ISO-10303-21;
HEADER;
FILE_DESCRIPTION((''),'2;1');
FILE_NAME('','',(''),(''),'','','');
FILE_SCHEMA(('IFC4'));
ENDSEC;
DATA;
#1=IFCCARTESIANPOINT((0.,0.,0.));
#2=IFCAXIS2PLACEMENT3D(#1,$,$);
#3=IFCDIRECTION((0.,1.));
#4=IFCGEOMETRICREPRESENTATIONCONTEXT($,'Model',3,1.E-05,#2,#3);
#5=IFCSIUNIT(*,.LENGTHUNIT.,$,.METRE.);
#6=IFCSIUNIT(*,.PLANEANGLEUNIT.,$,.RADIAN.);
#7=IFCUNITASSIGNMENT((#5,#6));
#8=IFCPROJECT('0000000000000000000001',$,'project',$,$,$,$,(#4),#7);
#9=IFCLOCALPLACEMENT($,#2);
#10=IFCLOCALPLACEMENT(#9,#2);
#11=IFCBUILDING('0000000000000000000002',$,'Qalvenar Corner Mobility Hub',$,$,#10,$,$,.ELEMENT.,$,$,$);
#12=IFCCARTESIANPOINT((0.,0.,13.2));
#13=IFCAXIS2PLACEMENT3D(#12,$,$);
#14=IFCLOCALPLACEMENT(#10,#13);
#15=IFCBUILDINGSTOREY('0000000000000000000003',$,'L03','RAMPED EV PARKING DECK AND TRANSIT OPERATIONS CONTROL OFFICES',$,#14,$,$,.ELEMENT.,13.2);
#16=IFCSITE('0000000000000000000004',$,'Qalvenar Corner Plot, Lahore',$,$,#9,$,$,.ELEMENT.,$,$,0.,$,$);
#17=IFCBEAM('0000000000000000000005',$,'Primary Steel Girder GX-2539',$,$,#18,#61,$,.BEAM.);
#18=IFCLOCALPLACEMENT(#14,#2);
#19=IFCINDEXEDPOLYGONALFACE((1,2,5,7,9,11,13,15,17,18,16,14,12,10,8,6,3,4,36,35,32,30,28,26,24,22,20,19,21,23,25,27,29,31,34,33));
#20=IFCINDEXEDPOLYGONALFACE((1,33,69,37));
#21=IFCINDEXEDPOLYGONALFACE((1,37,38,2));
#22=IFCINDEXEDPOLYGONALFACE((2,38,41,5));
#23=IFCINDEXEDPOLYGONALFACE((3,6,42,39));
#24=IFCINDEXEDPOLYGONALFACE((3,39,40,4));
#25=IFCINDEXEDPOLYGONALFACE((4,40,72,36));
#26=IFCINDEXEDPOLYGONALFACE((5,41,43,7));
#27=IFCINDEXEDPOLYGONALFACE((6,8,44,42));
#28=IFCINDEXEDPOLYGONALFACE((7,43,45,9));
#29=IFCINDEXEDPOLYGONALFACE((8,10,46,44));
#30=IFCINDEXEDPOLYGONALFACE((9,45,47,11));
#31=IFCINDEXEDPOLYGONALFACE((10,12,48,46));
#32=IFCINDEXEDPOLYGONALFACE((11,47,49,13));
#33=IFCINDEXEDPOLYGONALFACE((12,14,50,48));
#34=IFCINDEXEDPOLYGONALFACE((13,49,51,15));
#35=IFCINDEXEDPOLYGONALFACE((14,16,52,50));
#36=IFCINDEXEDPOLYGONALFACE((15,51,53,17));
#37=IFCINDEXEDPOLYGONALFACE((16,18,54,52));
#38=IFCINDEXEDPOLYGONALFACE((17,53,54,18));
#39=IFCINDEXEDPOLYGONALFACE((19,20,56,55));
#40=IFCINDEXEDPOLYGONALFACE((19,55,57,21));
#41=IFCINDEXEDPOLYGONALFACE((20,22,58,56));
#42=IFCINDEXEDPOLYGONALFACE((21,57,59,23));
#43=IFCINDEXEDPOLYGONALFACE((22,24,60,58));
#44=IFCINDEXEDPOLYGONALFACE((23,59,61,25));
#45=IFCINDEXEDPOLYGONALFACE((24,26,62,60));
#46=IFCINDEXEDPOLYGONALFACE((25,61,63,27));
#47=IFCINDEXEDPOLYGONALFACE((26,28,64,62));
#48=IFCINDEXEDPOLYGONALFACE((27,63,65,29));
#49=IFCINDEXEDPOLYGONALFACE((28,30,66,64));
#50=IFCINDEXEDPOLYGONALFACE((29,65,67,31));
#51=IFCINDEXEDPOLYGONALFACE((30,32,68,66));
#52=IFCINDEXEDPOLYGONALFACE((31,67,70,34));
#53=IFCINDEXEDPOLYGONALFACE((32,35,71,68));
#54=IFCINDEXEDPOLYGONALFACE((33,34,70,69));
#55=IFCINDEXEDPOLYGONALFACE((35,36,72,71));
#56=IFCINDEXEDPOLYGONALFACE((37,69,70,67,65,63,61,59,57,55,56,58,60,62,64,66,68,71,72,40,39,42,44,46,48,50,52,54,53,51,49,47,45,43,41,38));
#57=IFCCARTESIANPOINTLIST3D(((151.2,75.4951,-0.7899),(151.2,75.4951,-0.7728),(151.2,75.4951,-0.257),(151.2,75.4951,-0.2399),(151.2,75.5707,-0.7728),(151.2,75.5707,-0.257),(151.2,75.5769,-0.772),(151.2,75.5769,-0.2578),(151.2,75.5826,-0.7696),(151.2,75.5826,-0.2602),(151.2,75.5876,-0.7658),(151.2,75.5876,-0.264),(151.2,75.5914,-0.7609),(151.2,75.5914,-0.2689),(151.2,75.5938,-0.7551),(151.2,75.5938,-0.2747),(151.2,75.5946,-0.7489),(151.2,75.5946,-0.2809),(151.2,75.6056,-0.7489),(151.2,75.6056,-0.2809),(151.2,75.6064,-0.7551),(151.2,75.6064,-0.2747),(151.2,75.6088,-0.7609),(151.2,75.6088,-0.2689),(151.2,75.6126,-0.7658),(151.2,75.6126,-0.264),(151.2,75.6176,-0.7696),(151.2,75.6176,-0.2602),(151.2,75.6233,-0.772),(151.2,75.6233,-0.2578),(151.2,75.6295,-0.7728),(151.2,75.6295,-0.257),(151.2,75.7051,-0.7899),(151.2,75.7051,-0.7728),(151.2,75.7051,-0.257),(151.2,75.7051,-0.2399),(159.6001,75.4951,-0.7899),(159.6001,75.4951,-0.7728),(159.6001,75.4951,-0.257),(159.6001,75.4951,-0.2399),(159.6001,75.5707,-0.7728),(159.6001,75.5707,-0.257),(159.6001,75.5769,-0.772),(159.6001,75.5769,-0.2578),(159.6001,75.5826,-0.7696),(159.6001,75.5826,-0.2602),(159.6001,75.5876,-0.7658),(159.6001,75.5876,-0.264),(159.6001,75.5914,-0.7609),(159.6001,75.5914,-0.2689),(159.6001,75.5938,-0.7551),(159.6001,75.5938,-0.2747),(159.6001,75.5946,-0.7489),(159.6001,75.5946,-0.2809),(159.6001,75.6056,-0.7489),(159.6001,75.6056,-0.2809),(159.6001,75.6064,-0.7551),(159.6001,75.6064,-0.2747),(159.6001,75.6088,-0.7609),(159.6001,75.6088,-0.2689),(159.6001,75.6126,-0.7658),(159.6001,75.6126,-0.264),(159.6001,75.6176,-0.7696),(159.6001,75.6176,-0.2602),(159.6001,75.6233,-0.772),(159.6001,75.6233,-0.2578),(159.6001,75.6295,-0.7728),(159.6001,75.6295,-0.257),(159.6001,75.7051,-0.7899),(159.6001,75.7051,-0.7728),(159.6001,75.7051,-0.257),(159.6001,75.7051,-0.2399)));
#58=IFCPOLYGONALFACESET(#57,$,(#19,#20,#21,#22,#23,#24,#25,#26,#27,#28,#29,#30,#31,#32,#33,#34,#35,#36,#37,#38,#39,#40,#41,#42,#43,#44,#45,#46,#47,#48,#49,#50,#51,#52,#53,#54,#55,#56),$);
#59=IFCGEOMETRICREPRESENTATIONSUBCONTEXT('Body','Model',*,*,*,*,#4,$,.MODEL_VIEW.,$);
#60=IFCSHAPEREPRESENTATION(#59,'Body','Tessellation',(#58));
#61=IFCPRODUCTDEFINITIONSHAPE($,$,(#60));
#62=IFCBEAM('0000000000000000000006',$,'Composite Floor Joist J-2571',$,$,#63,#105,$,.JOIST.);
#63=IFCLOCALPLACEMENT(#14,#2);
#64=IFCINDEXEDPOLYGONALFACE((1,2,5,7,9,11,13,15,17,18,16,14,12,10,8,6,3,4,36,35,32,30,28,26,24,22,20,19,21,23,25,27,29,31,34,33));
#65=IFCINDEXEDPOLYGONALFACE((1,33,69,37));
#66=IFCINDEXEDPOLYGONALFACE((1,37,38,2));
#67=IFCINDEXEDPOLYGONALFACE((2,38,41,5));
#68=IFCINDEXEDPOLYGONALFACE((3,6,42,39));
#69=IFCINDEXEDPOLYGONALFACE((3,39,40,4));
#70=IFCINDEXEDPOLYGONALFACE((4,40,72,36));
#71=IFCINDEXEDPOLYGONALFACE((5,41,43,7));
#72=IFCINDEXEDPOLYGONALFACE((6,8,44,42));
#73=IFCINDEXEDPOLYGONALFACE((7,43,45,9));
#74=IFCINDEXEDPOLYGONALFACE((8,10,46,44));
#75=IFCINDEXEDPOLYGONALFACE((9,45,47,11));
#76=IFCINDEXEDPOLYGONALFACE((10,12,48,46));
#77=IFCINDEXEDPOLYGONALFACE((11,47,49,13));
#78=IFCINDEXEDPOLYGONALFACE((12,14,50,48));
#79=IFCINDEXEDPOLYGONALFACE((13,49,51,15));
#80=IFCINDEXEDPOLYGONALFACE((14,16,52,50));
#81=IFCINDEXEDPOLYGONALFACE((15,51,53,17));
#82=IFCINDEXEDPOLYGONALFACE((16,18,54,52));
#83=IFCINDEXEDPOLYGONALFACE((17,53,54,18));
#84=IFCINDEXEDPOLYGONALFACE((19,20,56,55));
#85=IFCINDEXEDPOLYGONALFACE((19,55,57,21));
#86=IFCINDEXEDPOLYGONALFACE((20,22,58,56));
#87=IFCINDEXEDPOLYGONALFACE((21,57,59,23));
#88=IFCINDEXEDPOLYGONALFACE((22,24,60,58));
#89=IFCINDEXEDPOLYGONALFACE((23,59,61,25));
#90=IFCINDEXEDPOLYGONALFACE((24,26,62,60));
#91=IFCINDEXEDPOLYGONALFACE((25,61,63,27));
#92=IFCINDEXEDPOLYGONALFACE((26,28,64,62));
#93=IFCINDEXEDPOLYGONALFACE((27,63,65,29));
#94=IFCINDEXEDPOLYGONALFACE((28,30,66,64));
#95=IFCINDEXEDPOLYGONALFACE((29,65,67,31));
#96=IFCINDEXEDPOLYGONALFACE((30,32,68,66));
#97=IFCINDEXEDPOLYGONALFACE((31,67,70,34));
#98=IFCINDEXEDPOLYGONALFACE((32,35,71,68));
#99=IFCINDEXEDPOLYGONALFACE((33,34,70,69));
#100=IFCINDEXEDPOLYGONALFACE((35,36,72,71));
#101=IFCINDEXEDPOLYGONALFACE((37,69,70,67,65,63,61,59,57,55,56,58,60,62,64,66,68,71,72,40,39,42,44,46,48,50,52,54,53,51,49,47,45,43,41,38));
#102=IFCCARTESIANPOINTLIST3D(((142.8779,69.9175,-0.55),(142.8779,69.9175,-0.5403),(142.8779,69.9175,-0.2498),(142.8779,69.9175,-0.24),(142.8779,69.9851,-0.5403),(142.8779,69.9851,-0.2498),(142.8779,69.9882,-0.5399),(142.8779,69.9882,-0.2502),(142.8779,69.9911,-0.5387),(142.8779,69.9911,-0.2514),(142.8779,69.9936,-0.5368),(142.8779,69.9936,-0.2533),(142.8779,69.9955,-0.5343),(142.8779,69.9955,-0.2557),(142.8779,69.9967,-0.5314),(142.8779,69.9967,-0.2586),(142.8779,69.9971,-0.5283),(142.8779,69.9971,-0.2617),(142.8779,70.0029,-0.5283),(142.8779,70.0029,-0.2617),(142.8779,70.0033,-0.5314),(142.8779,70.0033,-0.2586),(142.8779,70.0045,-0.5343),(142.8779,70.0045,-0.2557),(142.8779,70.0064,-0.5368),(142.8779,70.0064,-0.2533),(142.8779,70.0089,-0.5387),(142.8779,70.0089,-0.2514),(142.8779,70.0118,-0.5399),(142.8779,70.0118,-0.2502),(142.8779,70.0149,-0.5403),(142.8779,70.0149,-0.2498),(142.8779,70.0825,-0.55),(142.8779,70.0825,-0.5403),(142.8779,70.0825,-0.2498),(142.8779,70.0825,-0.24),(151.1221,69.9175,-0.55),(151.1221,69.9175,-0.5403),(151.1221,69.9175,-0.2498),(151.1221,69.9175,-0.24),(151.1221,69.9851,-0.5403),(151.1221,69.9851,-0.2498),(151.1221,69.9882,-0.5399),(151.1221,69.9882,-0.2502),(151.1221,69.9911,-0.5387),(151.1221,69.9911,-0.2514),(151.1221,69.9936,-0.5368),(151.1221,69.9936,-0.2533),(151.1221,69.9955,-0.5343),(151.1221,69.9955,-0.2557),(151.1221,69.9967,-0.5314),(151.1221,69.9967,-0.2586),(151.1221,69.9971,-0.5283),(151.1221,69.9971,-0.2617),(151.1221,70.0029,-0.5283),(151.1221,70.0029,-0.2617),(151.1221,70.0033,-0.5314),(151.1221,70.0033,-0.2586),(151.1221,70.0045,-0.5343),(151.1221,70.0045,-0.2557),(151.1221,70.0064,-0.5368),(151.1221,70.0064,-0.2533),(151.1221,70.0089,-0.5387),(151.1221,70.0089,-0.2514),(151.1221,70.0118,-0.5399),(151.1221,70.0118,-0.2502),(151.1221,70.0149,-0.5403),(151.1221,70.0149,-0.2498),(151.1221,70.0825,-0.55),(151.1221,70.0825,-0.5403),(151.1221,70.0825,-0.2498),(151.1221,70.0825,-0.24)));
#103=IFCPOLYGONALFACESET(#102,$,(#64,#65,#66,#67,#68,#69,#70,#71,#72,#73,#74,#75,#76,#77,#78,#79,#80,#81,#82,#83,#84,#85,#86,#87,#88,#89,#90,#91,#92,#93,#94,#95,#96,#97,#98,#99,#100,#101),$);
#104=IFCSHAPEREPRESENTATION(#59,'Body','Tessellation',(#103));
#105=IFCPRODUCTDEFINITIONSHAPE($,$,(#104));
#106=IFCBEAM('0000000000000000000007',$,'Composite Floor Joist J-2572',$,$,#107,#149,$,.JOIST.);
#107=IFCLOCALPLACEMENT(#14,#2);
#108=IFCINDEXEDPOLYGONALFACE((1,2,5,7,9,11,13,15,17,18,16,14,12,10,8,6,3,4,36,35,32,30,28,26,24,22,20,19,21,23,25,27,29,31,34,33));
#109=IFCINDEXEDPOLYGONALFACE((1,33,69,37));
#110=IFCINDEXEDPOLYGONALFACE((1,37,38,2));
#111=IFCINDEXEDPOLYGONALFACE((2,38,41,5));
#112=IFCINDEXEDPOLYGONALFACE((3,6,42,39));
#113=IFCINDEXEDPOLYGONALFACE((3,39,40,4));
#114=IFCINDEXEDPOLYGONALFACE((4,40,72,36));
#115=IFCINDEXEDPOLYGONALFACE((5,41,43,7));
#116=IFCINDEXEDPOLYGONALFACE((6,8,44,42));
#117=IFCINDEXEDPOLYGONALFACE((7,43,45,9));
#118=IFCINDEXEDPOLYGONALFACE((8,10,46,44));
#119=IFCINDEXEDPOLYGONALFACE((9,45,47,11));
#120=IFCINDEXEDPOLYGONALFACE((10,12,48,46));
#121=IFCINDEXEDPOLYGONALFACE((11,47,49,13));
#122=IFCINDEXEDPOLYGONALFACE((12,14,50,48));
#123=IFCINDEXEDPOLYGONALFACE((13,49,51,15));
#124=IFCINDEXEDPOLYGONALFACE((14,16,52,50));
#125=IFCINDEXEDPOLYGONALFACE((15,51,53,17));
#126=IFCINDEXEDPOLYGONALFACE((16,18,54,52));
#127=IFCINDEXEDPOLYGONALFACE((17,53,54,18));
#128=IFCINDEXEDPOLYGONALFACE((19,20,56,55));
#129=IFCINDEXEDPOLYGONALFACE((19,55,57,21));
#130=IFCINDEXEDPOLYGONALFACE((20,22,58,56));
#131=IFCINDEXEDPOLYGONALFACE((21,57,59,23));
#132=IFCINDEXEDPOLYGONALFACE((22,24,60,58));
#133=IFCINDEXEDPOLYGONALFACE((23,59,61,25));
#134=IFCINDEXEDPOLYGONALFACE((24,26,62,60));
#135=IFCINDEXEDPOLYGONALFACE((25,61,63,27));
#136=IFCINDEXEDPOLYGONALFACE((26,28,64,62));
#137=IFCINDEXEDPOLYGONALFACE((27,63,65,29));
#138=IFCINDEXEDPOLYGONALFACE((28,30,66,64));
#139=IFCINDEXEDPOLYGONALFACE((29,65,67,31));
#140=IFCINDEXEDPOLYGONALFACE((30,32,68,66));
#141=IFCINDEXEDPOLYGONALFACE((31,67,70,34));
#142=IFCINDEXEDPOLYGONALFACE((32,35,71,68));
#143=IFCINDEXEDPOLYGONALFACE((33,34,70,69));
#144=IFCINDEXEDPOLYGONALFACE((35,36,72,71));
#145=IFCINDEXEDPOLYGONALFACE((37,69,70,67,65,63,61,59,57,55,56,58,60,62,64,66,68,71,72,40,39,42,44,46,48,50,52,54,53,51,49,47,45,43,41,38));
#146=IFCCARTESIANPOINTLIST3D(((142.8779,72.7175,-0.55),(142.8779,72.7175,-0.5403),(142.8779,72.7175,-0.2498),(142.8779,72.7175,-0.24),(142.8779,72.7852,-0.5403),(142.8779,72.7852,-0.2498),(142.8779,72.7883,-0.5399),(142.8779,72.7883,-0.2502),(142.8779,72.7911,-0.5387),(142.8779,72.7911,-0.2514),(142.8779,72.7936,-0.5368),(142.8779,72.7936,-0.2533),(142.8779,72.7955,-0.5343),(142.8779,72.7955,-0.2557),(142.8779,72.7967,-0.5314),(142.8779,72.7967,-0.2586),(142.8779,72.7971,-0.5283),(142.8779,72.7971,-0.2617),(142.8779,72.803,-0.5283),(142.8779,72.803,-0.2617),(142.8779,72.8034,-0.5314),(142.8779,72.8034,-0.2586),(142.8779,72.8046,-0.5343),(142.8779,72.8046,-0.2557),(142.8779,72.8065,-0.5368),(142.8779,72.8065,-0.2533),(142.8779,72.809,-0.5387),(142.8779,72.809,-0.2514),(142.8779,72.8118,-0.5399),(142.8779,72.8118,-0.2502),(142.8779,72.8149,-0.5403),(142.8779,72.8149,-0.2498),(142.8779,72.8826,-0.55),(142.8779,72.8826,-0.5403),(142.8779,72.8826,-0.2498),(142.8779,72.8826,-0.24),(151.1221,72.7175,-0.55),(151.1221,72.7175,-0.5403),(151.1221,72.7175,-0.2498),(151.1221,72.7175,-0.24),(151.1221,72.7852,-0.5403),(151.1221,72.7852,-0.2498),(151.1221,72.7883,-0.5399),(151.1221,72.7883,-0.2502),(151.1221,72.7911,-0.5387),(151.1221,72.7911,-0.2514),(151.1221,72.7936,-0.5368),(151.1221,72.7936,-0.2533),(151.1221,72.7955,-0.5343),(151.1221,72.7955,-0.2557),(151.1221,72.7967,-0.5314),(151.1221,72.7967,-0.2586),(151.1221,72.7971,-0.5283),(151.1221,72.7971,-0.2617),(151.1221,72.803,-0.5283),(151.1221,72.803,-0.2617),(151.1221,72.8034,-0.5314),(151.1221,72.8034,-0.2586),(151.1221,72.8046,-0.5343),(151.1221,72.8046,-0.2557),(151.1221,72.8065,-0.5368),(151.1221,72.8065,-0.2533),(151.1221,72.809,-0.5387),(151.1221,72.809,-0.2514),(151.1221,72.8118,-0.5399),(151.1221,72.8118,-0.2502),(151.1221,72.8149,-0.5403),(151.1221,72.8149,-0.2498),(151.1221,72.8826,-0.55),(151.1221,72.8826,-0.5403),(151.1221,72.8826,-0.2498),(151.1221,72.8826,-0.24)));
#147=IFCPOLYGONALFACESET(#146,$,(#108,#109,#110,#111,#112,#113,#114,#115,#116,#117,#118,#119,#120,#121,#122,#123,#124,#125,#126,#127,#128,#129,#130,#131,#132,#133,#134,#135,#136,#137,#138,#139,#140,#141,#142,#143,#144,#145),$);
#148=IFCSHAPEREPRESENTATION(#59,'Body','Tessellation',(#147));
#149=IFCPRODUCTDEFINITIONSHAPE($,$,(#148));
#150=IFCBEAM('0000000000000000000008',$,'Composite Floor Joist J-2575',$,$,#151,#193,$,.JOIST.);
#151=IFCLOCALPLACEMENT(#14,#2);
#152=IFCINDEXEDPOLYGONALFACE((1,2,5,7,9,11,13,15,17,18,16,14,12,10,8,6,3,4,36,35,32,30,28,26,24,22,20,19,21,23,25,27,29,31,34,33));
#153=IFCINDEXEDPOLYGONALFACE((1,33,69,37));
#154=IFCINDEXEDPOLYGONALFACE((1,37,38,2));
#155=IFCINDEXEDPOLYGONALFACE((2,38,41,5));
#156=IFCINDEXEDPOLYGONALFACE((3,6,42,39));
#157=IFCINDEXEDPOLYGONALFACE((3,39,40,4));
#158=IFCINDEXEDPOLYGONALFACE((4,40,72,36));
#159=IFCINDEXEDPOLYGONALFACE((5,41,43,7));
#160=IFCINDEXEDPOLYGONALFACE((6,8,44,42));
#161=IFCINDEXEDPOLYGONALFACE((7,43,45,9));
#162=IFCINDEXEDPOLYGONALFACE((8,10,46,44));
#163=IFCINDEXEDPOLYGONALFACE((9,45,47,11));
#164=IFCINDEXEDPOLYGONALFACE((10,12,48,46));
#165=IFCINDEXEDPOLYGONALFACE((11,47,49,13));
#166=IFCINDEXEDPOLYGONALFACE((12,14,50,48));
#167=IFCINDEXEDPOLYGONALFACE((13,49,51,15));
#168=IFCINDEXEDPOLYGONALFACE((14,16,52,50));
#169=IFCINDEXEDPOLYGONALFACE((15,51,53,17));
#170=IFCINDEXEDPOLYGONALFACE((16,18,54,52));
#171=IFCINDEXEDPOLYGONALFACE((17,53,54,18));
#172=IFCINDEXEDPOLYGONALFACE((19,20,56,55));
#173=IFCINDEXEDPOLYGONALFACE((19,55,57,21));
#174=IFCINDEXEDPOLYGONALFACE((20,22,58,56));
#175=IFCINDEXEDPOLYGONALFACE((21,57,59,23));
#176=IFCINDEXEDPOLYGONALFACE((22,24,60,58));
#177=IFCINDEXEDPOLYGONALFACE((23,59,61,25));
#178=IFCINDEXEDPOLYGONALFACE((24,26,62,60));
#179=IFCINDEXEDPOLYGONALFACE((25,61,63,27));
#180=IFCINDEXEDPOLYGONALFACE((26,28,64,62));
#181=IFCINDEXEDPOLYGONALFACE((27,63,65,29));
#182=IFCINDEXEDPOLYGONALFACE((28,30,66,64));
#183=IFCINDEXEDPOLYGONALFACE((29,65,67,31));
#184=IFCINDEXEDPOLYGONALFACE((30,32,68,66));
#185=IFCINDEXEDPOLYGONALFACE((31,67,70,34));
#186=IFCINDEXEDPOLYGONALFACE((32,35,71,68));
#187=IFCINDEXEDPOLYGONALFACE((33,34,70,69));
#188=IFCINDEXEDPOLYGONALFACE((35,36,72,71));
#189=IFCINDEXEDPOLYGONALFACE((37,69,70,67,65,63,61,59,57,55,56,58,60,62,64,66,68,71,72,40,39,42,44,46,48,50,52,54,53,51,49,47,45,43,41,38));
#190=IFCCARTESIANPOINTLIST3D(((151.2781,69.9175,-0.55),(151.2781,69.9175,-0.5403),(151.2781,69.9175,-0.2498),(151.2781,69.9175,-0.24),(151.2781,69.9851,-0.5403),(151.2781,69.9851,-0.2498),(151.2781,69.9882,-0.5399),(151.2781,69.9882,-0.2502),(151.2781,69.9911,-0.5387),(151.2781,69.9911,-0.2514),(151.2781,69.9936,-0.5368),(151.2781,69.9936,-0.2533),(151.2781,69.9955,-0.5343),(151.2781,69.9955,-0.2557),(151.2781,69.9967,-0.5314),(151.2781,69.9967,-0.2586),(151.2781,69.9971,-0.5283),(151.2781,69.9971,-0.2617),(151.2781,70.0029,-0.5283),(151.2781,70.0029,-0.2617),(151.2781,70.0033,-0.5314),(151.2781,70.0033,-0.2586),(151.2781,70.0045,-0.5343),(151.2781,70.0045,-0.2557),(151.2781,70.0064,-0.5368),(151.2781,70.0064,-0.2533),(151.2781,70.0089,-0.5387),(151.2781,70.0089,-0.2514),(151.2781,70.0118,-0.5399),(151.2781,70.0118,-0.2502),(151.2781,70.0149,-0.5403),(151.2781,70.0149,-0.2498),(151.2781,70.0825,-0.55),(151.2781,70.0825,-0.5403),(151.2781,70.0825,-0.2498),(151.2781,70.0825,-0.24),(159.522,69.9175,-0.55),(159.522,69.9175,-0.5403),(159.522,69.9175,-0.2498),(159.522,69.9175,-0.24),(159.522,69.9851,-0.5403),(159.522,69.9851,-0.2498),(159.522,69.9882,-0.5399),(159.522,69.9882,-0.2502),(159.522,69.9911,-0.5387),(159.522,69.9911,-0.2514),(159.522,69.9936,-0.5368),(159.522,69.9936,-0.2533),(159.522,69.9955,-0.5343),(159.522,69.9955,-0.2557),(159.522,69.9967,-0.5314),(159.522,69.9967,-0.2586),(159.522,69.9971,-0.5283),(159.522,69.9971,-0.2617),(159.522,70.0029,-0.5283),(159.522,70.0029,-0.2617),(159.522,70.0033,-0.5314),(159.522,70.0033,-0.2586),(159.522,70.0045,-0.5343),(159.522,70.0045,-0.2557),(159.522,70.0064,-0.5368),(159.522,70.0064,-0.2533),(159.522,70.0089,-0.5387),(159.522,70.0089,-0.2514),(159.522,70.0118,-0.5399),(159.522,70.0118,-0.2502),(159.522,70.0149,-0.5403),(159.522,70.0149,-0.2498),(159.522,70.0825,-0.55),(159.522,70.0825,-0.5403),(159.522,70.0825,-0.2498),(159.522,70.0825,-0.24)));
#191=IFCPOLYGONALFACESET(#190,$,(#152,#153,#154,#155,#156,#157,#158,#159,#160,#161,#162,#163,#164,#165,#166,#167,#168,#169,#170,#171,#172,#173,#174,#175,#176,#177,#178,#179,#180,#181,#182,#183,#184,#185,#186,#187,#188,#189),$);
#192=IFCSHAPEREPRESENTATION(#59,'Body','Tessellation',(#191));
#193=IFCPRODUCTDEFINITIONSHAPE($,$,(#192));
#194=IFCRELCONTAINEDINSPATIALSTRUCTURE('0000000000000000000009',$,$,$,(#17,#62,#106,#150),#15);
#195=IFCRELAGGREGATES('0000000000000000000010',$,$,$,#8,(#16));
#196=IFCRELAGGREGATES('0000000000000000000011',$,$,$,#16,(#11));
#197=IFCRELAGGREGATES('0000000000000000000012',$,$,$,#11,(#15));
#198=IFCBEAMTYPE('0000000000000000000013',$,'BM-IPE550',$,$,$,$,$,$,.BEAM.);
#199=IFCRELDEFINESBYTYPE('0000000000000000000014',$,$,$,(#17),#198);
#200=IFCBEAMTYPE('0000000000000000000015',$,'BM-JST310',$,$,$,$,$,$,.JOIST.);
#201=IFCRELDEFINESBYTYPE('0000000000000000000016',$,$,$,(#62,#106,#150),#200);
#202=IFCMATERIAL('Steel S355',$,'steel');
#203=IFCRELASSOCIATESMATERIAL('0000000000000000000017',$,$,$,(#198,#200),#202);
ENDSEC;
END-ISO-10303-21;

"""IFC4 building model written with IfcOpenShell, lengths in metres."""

from ifc_helpers import new_model, si_unit, direction, frame, origin, origin_2d, place, context, subcontext, project, spatial, i_section, extrude, material, material_profile, profile_set, type_object, element, save


model = new_model("IFC4")

# Units and contexts
model_context = context("Model", 3, precision=1e-05, world=origin(), true_north=direction((0.0, 1.0)))
body_context = subcontext(model_context, "Body", "Model", "MODEL_VIEW")
ifc_project = project(units=[si_unit("LENGTHUNIT", "METRE"), si_unit("PLANEANGLEUNIT", "RADIAN")], contexts=[model_context])

# Site, building, storey
site_placement = place(None, origin())
site = spatial("IfcSite", under=ifc_project, at=site_placement, Name="Qalvenar Corner Plot, Lahore", CompositionType="ELEMENT", RefElevation=0.0)
building_placement = place(site_placement, origin())
building = spatial("IfcBuilding", under=site, at=building_placement, Name="Qalvenar Corner Mobility Hub", CompositionType="ELEMENT")
storey_placement = place(building_placement, frame((0.0, 0.0, 13.2)))
storey = spatial("IfcBuildingStorey", under=building, at=storey_placement, Name="L03", Description="RAMPED EV PARKING DECK AND TRANSIT OPERATIONS CONTROL OFFICES", CompositionType="ELEMENT", Elevation=13.2)

# Shared definitions
ifc_material_1 = material(Name="Steel S355", Category="steel")

# Beams
ifc_material_profile_1 = material_profile(ifc_material_1, i_section(OverallWidth=0.21, OverallDepth=0.55, WebThickness=0.011, FlangeThickness=0.0171, FilletRadius=0.0239, at=origin_2d()), Name="IPE550")
ifc_profile_set_1 = profile_set([ifc_material_profile_1], Name="Steel S355")
beam_type_1 = type_object("IfcBeamType", Name="BM-IPE550", PredefinedType="BEAM", material=ifc_profile_set_1)
beam_1_placement = place(storey_placement, frame((151.2, 75.6001, -0.5149), z_axis=(1.0, 0.0, 0.0), x_axis=(0.0, 1.0, 0.0)))
element("IfcBeam", 1, at=beam_1_placement, inside=storey, type_object=beam_type_1, Name="Primary Steel Girder GX-2539", PredefinedType="BEAM", context=body_context, shape_type="SweptSolid", body=[
    extrude(i_section(OverallWidth=0.21, OverallDepth=0.55, WebThickness=0.011, FlangeThickness=0.0171, FilletRadius=0.0239, at=origin_2d()), origin(), (0.0, 0.0, 1.0), 8.4001),
])
ifc_material_profile_2 = material_profile(ifc_material_1, i_section(OverallWidth=0.165, OverallDepth=0.3101, WebThickness=0.0059, FlangeThickness=0.0098, FilletRadius=0.012, at=origin_2d()), Name="W310x38.7")
ifc_profile_set_2 = profile_set([ifc_material_profile_2], Name="Steel S355")
beam_type_2 = type_object("IfcBeamType", Name="BM-JST310", PredefinedType="JOIST", material=ifc_profile_set_2)
for number, where, z_axis, x_axis, name in (
    (2, (142.8779, 70.0, -0.395), (1.0, 0.0, 0.0), (0.0, 1.0, 0.0), "Composite Floor Joist J-2571"),
    (3, (142.8779, 72.8, -0.395), (1.0, 0.0, 0.0), (0.0, 1.0, 0.0), "Composite Floor Joist J-2572"),
):
    element("IfcBeam", number, at=place(storey_placement, frame(where, z_axis=z_axis, x_axis=x_axis)), inside=storey, type_object=beam_type_2, Name=name, PredefinedType="JOIST", context=body_context, shape_type="SweptSolid", body=[
        extrude(i_section(OverallWidth=0.165, OverallDepth=0.3101, WebThickness=0.0059, FlangeThickness=0.0098, FilletRadius=0.012, at=origin_2d()), origin(), (0.0, 0.0, 1.0), 8.2441),
    ])
for number, where, z_axis, x_axis, name in (
    (4, (151.2781, 70.0, -0.395), (1.0, 0.0, 0.0), (0.0, 1.0, 0.0), "Composite Floor Joist J-2575"),
):
    element("IfcBeam", number, at=place(storey_placement, frame(where, z_axis=z_axis, x_axis=x_axis)), inside=storey, type_object=beam_type_2, Name=name, PredefinedType="JOIST", context=body_context, shape_type="SweptSolid", body=[
        extrude(i_section(OverallWidth=0.165, OverallDepth=0.3101, WebThickness=0.0059, FlangeThickness=0.0098, FilletRadius=0.012, at=origin_2d()), origin(), (0.0, 0.0, 1.0), 8.2439),
    ])

save(model, "model.ifc")
